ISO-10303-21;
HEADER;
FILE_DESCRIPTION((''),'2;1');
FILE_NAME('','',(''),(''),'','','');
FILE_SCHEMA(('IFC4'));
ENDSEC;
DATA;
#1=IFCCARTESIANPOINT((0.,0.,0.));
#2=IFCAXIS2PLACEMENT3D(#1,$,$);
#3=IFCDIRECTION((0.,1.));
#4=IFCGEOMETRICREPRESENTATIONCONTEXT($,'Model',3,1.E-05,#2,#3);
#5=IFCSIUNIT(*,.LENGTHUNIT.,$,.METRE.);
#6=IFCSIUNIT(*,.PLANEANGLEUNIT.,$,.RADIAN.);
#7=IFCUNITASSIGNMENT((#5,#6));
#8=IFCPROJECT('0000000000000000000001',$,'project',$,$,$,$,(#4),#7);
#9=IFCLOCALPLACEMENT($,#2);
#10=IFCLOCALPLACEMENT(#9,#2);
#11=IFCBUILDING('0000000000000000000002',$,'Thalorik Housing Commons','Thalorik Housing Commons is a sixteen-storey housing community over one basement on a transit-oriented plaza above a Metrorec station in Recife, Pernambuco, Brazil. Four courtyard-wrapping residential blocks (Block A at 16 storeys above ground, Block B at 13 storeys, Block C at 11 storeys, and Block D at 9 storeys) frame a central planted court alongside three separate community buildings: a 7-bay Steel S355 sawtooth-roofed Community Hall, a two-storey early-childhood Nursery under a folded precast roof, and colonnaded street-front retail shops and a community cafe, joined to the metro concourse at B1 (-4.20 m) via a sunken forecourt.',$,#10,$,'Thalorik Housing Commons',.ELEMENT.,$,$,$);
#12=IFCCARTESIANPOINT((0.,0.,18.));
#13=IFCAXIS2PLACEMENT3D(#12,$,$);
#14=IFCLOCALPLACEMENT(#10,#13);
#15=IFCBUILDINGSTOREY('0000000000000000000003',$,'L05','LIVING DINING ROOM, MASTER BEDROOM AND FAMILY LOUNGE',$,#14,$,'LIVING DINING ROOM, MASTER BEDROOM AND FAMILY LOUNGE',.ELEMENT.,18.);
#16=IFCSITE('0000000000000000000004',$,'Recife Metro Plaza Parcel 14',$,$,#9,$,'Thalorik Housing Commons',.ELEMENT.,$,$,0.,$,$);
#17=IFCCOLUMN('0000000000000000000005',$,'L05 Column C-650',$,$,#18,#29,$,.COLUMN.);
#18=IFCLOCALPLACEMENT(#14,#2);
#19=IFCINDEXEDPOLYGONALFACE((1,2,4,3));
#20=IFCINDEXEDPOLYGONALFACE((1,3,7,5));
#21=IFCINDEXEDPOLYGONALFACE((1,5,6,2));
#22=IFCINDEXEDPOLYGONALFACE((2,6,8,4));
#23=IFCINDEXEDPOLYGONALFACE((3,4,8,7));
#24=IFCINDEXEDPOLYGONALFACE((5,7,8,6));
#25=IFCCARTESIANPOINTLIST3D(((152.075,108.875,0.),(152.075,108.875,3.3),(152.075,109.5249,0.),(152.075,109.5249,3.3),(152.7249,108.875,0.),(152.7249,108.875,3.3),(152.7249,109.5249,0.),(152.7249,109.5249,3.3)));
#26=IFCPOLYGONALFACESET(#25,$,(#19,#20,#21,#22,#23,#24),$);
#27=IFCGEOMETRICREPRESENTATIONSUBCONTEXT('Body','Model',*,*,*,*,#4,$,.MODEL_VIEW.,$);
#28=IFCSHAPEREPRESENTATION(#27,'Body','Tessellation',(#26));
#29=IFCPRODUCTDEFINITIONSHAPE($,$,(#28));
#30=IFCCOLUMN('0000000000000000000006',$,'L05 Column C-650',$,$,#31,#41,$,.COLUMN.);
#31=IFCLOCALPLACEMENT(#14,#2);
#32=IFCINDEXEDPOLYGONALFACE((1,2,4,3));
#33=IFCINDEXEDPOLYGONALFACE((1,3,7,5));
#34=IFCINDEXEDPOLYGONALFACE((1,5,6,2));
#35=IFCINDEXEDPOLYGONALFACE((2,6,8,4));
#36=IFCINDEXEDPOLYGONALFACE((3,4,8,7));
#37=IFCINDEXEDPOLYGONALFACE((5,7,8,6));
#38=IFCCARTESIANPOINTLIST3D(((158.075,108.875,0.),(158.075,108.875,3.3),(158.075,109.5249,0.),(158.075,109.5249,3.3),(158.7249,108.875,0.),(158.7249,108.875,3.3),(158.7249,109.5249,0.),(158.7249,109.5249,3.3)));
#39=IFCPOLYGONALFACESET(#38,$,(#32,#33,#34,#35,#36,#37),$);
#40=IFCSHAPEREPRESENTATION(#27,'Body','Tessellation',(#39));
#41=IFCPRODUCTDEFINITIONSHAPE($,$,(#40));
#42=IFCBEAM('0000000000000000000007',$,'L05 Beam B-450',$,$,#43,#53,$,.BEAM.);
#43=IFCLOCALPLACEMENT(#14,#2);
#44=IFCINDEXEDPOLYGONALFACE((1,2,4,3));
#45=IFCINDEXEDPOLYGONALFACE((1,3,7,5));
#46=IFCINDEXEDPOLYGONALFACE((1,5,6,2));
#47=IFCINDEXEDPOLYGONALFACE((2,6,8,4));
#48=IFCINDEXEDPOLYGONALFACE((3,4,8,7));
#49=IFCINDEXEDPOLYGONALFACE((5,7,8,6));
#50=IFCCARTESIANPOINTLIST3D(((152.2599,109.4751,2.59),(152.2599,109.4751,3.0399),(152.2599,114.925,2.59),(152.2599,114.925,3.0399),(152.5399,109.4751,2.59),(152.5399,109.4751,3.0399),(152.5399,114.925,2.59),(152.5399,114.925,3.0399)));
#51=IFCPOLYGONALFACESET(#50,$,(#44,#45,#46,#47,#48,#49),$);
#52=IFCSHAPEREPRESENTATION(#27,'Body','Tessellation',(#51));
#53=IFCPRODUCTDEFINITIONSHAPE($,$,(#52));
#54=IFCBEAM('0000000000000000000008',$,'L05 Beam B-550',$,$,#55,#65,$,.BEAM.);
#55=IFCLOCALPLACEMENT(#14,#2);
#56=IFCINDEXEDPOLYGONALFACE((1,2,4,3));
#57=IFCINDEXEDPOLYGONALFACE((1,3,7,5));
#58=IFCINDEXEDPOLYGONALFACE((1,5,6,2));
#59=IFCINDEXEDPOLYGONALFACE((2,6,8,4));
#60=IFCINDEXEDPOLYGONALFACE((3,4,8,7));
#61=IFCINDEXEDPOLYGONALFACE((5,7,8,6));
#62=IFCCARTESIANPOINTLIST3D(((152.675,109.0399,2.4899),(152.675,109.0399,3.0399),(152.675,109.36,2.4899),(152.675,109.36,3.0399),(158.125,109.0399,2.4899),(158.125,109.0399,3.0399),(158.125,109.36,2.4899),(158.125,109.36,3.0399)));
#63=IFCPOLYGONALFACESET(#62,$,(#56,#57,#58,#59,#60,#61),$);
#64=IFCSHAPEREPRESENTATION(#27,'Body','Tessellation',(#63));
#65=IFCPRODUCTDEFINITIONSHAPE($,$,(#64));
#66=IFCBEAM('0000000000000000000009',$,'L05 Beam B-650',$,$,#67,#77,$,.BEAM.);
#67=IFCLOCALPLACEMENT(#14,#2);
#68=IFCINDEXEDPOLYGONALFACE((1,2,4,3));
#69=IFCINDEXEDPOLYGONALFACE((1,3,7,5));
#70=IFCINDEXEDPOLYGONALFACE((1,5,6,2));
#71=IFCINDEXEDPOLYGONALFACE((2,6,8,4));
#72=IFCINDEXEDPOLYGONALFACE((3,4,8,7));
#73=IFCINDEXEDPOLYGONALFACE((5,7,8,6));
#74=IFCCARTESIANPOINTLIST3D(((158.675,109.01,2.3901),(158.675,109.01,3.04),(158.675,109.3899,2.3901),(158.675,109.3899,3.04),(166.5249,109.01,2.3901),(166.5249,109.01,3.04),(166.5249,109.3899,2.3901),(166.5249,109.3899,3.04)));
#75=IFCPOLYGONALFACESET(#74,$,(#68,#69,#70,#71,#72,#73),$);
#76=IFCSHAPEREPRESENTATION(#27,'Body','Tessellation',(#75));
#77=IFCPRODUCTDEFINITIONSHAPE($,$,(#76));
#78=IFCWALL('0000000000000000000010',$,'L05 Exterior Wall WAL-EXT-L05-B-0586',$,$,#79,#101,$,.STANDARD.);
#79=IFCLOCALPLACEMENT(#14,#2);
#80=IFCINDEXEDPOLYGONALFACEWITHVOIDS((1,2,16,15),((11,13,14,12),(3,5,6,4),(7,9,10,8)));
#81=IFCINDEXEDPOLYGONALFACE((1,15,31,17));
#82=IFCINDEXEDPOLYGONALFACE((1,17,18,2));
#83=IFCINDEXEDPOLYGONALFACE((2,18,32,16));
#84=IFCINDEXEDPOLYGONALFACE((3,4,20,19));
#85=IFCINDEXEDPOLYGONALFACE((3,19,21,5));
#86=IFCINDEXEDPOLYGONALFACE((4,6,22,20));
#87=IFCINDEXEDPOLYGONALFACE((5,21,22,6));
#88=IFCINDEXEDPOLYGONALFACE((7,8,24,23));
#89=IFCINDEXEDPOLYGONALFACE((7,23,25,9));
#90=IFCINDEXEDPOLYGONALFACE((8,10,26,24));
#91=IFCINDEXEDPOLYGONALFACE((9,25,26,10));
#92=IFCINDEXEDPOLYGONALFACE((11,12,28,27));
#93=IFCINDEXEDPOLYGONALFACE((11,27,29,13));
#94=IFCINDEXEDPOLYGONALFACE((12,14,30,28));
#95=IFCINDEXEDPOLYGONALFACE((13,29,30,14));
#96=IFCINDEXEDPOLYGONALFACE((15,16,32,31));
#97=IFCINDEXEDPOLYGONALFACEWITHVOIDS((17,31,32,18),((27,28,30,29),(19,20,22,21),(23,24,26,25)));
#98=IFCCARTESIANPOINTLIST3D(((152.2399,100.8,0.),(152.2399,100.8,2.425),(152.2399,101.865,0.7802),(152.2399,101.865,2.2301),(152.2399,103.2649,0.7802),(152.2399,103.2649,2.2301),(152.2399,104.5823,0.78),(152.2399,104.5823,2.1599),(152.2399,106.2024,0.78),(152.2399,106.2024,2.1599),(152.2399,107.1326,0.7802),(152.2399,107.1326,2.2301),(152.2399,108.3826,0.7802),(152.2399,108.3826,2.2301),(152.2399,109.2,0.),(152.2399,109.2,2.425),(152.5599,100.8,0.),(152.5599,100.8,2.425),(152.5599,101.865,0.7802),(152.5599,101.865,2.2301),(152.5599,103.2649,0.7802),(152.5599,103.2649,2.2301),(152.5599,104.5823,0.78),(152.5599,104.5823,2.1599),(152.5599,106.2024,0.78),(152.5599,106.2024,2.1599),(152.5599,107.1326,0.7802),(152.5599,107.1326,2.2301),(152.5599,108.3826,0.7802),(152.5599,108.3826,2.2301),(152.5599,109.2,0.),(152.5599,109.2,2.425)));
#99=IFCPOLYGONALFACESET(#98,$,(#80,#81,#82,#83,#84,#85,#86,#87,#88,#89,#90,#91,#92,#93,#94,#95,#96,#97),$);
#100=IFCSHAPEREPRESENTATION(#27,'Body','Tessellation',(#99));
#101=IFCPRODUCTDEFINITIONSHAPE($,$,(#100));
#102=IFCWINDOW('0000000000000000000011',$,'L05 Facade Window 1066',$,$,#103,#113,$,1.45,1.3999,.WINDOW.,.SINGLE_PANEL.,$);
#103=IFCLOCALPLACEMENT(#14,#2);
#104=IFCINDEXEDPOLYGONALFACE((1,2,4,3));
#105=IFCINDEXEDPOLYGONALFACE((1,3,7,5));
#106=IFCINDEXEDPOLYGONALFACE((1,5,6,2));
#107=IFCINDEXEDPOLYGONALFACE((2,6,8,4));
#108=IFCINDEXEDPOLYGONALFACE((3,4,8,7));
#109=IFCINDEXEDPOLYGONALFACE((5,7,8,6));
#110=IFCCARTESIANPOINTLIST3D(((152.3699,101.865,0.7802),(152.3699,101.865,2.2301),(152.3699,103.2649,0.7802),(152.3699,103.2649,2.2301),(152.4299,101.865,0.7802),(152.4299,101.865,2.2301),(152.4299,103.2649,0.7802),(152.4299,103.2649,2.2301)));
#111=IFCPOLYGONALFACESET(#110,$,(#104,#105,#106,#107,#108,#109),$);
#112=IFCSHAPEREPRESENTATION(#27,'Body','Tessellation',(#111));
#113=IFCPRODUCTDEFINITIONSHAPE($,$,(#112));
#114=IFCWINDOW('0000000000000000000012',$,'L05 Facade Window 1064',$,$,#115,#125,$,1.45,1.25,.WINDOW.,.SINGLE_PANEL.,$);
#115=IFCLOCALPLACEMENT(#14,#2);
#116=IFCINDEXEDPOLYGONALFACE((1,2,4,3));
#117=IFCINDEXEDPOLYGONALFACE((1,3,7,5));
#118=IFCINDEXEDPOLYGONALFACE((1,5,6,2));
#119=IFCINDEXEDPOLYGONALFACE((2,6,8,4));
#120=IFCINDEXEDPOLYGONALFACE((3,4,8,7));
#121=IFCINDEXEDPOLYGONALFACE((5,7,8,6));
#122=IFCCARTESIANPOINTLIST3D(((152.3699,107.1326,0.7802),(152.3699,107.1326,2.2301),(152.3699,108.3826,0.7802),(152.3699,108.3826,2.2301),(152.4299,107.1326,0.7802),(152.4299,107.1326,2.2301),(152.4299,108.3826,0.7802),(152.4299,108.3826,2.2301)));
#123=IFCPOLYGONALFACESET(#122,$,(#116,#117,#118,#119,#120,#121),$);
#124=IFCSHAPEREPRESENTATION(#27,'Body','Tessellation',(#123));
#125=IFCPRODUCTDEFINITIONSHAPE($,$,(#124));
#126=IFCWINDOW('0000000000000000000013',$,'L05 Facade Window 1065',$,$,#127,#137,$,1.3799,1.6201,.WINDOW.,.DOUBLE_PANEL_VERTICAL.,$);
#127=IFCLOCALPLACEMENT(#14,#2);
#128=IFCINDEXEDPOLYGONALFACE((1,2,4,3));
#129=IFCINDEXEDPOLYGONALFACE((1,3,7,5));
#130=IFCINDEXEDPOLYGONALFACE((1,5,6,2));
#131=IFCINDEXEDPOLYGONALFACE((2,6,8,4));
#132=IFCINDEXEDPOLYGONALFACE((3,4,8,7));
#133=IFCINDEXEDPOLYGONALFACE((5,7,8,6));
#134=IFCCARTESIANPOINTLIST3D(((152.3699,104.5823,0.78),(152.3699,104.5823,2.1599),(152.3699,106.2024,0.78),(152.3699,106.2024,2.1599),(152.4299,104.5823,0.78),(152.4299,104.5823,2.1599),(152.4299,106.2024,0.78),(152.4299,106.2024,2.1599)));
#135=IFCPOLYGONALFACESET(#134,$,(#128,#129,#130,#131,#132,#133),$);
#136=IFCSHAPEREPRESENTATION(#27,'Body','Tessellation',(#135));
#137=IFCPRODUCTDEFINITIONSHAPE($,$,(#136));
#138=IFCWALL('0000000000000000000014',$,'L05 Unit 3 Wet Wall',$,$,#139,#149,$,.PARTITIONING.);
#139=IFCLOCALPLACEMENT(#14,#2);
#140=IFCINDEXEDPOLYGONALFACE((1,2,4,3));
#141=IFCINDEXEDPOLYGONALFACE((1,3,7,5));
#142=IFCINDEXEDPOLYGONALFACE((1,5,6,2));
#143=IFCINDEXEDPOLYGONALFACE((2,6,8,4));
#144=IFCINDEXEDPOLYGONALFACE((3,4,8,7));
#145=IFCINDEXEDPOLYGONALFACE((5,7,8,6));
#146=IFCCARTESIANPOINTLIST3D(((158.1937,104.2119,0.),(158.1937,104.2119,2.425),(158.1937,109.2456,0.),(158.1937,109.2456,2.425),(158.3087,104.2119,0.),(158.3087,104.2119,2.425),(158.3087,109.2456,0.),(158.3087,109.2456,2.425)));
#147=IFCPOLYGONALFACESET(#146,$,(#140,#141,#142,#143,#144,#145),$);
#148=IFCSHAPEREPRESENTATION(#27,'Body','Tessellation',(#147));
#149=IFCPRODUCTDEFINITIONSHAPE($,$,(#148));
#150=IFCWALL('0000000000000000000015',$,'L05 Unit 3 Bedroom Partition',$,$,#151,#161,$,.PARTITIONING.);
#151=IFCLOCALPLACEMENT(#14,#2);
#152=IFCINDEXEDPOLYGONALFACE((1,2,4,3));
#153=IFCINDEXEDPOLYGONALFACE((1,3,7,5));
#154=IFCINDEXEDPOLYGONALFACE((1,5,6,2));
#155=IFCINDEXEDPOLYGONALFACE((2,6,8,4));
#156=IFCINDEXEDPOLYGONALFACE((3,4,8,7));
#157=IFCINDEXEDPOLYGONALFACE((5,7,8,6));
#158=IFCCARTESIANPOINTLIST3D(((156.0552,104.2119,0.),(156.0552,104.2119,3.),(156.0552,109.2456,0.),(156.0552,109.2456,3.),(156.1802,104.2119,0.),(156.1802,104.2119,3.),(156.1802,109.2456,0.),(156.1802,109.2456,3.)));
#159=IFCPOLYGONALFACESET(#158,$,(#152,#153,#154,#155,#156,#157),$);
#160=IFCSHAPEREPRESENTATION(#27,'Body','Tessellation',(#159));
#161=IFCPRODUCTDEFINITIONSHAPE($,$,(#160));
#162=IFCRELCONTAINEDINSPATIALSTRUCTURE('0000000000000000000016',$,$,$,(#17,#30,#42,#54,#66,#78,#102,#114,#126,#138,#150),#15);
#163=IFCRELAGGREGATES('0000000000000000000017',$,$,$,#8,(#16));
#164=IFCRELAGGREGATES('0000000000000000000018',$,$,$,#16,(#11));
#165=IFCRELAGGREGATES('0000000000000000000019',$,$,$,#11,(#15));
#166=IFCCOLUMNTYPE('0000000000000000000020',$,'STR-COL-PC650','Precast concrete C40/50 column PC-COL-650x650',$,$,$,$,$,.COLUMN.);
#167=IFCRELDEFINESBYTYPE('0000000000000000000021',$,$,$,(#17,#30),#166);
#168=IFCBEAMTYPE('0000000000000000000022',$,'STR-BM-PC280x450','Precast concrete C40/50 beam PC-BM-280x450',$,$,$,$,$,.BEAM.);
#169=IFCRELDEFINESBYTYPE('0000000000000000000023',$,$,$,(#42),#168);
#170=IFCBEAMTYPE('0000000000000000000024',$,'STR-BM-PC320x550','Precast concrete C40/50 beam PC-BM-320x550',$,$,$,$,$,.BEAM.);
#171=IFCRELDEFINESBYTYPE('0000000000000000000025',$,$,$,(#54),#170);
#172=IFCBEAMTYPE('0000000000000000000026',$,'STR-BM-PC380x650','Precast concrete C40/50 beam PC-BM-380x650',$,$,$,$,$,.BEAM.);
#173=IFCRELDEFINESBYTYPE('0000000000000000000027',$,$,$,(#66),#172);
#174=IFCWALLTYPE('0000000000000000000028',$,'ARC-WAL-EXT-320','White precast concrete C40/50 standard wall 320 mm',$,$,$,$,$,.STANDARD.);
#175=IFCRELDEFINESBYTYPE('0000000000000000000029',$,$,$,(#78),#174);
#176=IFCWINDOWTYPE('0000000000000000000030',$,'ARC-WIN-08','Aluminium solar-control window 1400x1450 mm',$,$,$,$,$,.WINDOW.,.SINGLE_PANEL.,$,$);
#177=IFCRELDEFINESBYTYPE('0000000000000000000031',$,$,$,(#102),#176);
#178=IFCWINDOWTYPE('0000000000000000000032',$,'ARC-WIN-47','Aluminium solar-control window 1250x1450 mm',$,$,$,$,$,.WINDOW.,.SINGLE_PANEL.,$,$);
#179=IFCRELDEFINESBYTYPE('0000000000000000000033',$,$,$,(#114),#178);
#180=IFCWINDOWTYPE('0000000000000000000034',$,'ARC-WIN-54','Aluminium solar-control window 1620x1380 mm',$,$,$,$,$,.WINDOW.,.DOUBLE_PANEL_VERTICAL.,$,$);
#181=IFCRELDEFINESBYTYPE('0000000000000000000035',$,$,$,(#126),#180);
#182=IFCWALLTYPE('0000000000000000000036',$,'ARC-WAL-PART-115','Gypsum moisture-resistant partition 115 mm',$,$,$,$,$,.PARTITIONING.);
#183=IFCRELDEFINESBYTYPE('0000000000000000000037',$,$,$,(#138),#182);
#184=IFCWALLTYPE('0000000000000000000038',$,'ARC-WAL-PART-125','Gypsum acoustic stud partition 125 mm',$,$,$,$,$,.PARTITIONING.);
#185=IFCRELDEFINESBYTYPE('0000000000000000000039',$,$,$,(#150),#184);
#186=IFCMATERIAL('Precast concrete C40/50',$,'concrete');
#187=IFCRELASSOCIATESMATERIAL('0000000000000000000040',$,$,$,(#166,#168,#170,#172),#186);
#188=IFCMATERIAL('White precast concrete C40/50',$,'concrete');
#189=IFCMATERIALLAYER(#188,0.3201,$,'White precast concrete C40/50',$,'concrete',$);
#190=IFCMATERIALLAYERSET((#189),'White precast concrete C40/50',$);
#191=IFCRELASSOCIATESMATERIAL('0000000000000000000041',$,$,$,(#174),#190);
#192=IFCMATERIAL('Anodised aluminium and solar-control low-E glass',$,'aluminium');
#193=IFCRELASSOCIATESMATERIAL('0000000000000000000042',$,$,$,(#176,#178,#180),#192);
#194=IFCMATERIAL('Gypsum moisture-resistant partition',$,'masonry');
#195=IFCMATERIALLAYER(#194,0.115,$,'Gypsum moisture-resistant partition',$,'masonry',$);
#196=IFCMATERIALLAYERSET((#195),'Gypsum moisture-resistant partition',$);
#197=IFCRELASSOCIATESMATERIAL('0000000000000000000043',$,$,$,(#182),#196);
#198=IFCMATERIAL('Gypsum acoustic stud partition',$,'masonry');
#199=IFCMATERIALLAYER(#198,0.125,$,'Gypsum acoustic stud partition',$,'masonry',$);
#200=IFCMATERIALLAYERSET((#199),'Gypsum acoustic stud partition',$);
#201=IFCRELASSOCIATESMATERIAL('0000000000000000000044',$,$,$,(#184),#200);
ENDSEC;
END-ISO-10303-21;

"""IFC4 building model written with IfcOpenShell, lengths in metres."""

from ifc_helpers import new_model, si_unit, direction, frame, frame_2d, origin, origin_2d, place, context, subcontext, project, spatial, rectangle, extrude, material, layer, layer_set, material_profile, profile_set, type_object, element, fill, save


model = new_model("IFC4")

# Units and contexts
model_context = context("Model", 3, precision=1e-05, world=origin(), true_north=direction((0.0, 1.0)))
body_context = subcontext(model_context, "Body", "Model", "MODEL_VIEW")
ifc_project = project(units=[si_unit("LENGTHUNIT", "METRE"), si_unit("PLANEANGLEUNIT", "RADIAN")], contexts=[model_context])

# Site, building, storey
site_placement = place(None, origin())
site = spatial("IfcSite", under=ifc_project, at=site_placement, Name="Recife Metro Plaza Parcel 14", LongName="Thalorik Housing Commons", CompositionType="ELEMENT", RefElevation=0.0)
building_placement = place(site_placement, origin())
building = spatial("IfcBuilding", under=site, at=building_placement, Name="Thalorik Housing Commons", Description="Thalorik Housing Commons is a sixteen-storey housing community over one basement on a transit-oriented plaza above a Metrorec station in Recife, Pernambuco, Brazil. Four courtyard-wrapping residential blocks (Block A at 16 storeys above ground, Block B at 13 storeys, Block C at 11 storeys, and Block D at 9 storeys) frame a central planted court alongside three separate community buildings: a 7-bay Steel S355 sawtooth-roofed Community Hall, a two-storey early-childhood Nursery under a folded precast roof, and colonnaded street-front retail shops and a community cafe, joined to the metro concourse at B1 (-4.20 m) via a sunken forecourt.", LongName="Thalorik Housing Commons", CompositionType="ELEMENT")
storey_placement = place(building_placement, frame((0.0, 0.0, 18.0)))
storey = spatial("IfcBuildingStorey", under=building, at=storey_placement, Name="L05", Description="LIVING DINING ROOM, MASTER BEDROOM AND FAMILY LOUNGE", LongName="LIVING DINING ROOM, MASTER BEDROOM AND FAMILY LOUNGE", CompositionType="ELEMENT", Elevation=18.0)

# Columns
ifc_material_1 = material(Name="Precast concrete C40/50", Category="concrete")
ifc_material_profile_1 = material_profile(ifc_material_1, rectangle(XDim=0.6499, YDim=0.6499, at=origin_2d()), Name="PC 650x650", Category="concrete")
ifc_profile_set_1 = profile_set([ifc_material_profile_1], Name="Precast concrete C40/50")
column_type = type_object("IfcColumnType", Name="STR-COL-PC650", Description="Precast concrete C40/50 column PC-COL-650x650", PredefinedType="COLUMN", material=ifc_profile_set_1)
for number, where, z_axis, x_axis, name in (
    (1, (152.3999, 109.2, 0.0), (0.0, 0.0, 1.0), (1.0, 0.0, 0.0), "L05 Column C-650"),
    (2, (158.3999, 109.2, 0.0), (0.0, 0.0, 1.0), (1.0, 0.0, 0.0), "L05 Column C-650"),
):
    element("IfcColumn", number, at=place(storey_placement, frame(where, z_axis=z_axis, x_axis=x_axis)), inside=storey, type_object=column_type, Name=name, PredefinedType="COLUMN", context=body_context, shape_type="SweptSolid", body=[
        extrude(rectangle(XDim=0.6499, YDim=0.6499, at=origin_2d()), origin(), (0.0, 0.0, 1.0), 3.3),
    ])

# Beams
ifc_material_profile_2 = material_profile(ifc_material_1, rectangle(XDim=0.28, YDim=0.45, at=origin_2d()), Name="PC 280x450", Category="concrete")
ifc_profile_set_2 = profile_set([ifc_material_profile_2], Name="Precast concrete C40/50")
beam_type_1 = type_object("IfcBeamType", Name="STR-BM-PC280x450", Description="Precast concrete C40/50 beam PC-BM-280x450", PredefinedType="BEAM", material=ifc_profile_set_2)
beam_1_placement = place(storey_placement, frame((152.3999, 109.4751, 2.8149), z_axis=(0.0, 1.0, 0.0), x_axis=(-1.0, 0.0, 0.0)))
element("IfcBeam", 3, at=beam_1_placement, inside=storey, type_object=beam_type_1, Name="L05 Beam B-450", PredefinedType="BEAM", context=body_context, shape_type="SweptSolid", body=[
    extrude(rectangle(XDim=0.28, YDim=0.45, at=origin_2d()), origin(), (0.0, 0.0, 1.0), 5.45),
])
ifc_material_profile_3 = material_profile(ifc_material_1, rectangle(XDim=0.3201, YDim=0.55, at=origin_2d()), Name="PC 320x550", Category="concrete")
ifc_profile_set_3 = profile_set([ifc_material_profile_3], Name="Precast concrete C40/50")
beam_type_2 = type_object("IfcBeamType", Name="STR-BM-PC320x550", Description="Precast concrete C40/50 beam PC-BM-320x550", PredefinedType="BEAM", material=ifc_profile_set_3)
beam_2_placement = place(storey_placement, frame((152.675, 109.2, 2.7649), z_axis=(1.0, 0.0, 0.0), x_axis=(0.0, 1.0, 0.0)))
element("IfcBeam", 4, at=beam_2_placement, inside=storey, type_object=beam_type_2, Name="L05 Beam B-550", PredefinedType="BEAM", context=body_context, shape_type="SweptSolid", body=[
    extrude(rectangle(XDim=0.3201, YDim=0.55, at=origin_2d()), origin(), (0.0, 0.0, 1.0), 5.45),
])
ifc_material_profile_4 = material_profile(ifc_material_1, rectangle(XDim=0.3799, YDim=0.6499, at=origin_2d()), Name="PC 380x650", Category="concrete")
ifc_profile_set_4 = profile_set([ifc_material_profile_4], Name="Precast concrete C40/50")
beam_type_3 = type_object("IfcBeamType", Name="STR-BM-PC380x650", Description="Precast concrete C40/50 beam PC-BM-380x650", PredefinedType="BEAM", material=ifc_profile_set_4)
beam_3_placement = place(storey_placement, frame((158.675, 109.2, 2.7151), z_axis=(1.0, 0.0, 0.0), x_axis=(0.0, 1.0, 0.0)))
element("IfcBeam", 5, at=beam_3_placement, inside=storey, type_object=beam_type_3, Name="L05 Beam B-650", PredefinedType="BEAM", context=body_context, shape_type="SweptSolid", body=[
    extrude(rectangle(XDim=0.3799, YDim=0.6499, at=origin_2d()), origin(), (0.0, 0.0, 1.0), 7.8499),
])

# Wall, openings, windows
ifc_material_2 = material(Name="White precast concrete C40/50", Category="concrete")
ifc_layer_1 = layer(ifc_material_2, 0.3201, Name="White precast concrete C40/50", Category="concrete")
ifc_layer_set_1 = layer_set([ifc_layer_1], Name="White precast concrete C40/50")
wall_type_1 = type_object("IfcWallType", Name="ARC-WAL-EXT-320", Description="White precast concrete C40/50 standard wall 320 mm", PredefinedType="STANDARD", material=ifc_layer_set_1)
wall_1_placement = place(storey_placement, frame((152.3999, 109.2, 0.0), z_axis=(0.0, 0.0, 1.0), x_axis=(0.0, -1.0, 0.0)))
wall_1 = element("IfcWall", 6, at=wall_1_placement, inside=storey, type_object=wall_type_1, Name="L05 Exterior Wall WAL-EXT-L05-B-0586", PredefinedType="STANDARD", context=body_context, shape_type="SweptSolid", body=[
    extrude(rectangle(XDim=8.3999, YDim=0.3201, at=frame_2d((4.2, 0.0))), origin(), (0.0, 0.0, 1.0), 2.425),
])
opening_1_placement = place(wall_1_placement, frame((0.8174, 0.0, 0.78)))
opening_1 = element("IfcOpeningElement", 7, at=opening_1_placement, cuts=wall_1, PredefinedType="OPENING", context=body_context, shape_type="SweptSolid", body=[
    extrude(rectangle(XDim=1.25, YDim=1.45, at=frame_2d((0.625, 0.7251))), frame((0.0, 0.1699, 0.0), z_axis=(0.0, -1.0, 0.0), x_axis=(1.0, 0.0, 0.0)), (0.0, 0.0, 1.0), 0.3401),
])
opening_2_placement = place(wall_1_placement, frame((2.9976, 0.0, 0.78)))
opening_2 = element("IfcOpeningElement", 8, at=opening_2_placement, cuts=wall_1, PredefinedType="OPENING", context=body_context, shape_type="SweptSolid", body=[
    extrude(rectangle(XDim=1.6201, YDim=1.3799, at=frame_2d((0.8101, 0.6899))), frame((0.0, 0.1699, 0.0), z_axis=(0.0, -1.0, 0.0), x_axis=(1.0, 0.0, 0.0)), (0.0, 0.0, 1.0), 0.3401),
])
opening_3_placement = place(wall_1_placement, frame((5.9351, 0.0, 0.78)))
opening_3 = element("IfcOpeningElement", 9, at=opening_3_placement, cuts=wall_1, PredefinedType="OPENING", context=body_context, shape_type="SweptSolid", body=[
    extrude(rectangle(XDim=1.3999, YDim=1.45, at=frame_2d((0.7, 0.7251))), frame((0.0, 0.1699, 0.0), z_axis=(0.0, -1.0, 0.0), x_axis=(1.0, 0.0, 0.0)), (0.0, 0.0, 1.0), 0.3401),
])
ifc_material_3 = material(Name="Anodised aluminium and solar-control low-E glass", Category="aluminium")
window_type_1 = type_object("IfcWindowType", Name="ARC-WIN-08", Description="Aluminium solar-control window 1400x1450 mm", PartitioningType="SINGLE_PANEL", PredefinedType="WINDOW", material=ifc_material_3)
window_1_placement = place(opening_3_placement, origin())
window_1 = element("IfcWindow", 10, at=window_1_placement, inside=storey, type_object=window_type_1, Name="L05 Facade Window 1066", OverallHeight=1.45, OverallWidth=1.3999, PartitioningType="SINGLE_PANEL", PredefinedType="WINDOW", context=body_context, shape_type="SweptSolid", body=[
    extrude(rectangle(XDim=1.3999, YDim=1.45, at=frame_2d((0.7, 0.7251))), frame((0.0, 0.03, 0.0), z_axis=(0.0, -1.0, 0.0), x_axis=(1.0, 0.0, 0.0)), (0.0, 0.0, 1.0), 0.0601),
])
fill(opening_3, window_1)
window_type_2 = type_object("IfcWindowType", Name="ARC-WIN-47", Description="Aluminium solar-control window 1250x1450 mm", PartitioningType="SINGLE_PANEL", PredefinedType="WINDOW", material=ifc_material_3)
window_2_placement = place(opening_1_placement, origin())
window_2 = element("IfcWindow", 11, at=window_2_placement, inside=storey, type_object=window_type_2, Name="L05 Facade Window 1064", OverallHeight=1.45, OverallWidth=1.25, PartitioningType="SINGLE_PANEL", PredefinedType="WINDOW", context=body_context, shape_type="SweptSolid", body=[
    extrude(rectangle(XDim=1.25, YDim=1.45, at=frame_2d((0.625, 0.7251))), frame((0.0, 0.03, 0.0), z_axis=(0.0, -1.0, 0.0), x_axis=(1.0, 0.0, 0.0)), (0.0, 0.0, 1.0), 0.0601),
])
fill(opening_1, window_2)
window_type_3 = type_object("IfcWindowType", Name="ARC-WIN-54", Description="Aluminium solar-control window 1620x1380 mm", PartitioningType="DOUBLE_PANEL_VERTICAL", PredefinedType="WINDOW", material=ifc_material_3)
window_3_placement = place(opening_2_placement, origin())
window_3 = element("IfcWindow", 12, at=window_3_placement, inside=storey, type_object=window_type_3, Name="L05 Facade Window 1065", OverallHeight=1.3799, OverallWidth=1.6201, PartitioningType="DOUBLE_PANEL_VERTICAL", PredefinedType="WINDOW", context=body_context, shape_type="SweptSolid", body=[
    extrude(rectangle(XDim=1.6201, YDim=1.3799, at=frame_2d((0.8101, 0.6899))), frame((0.0, 0.03, 0.0), z_axis=(0.0, -1.0, 0.0), x_axis=(1.0, 0.0, 0.0)), (0.0, 0.0, 1.0), 0.0601),
])
fill(opening_2, window_3)

# Walls
ifc_material_4 = material(Name="Gypsum moisture-resistant partition", Category="masonry")
ifc_layer_2 = layer(ifc_material_4, 0.115, Name="Gypsum moisture-resistant partition", Category="masonry")
ifc_layer_set_2 = layer_set([ifc_layer_2], Name="Gypsum moisture-resistant partition")
wall_type_2 = type_object("IfcWallType", Name="ARC-WAL-PART-115", Description="Gypsum moisture-resistant partition 115 mm", PredefinedType="PARTITIONING", material=ifc_layer_set_2)
wall_2_placement = place(storey_placement, frame((158.2512, 104.2119, 0.0), z_axis=(0.0, 0.0, 1.0), x_axis=(0.0, 1.0, 0.0)))
element("IfcWall", 13, at=wall_2_placement, inside=storey, type_object=wall_type_2, Name="L05 Unit 3 Wet Wall", PredefinedType="PARTITIONING", context=body_context, shape_type="SweptSolid", body=[
    extrude(rectangle(XDim=5.0337, YDim=0.115, at=frame_2d((2.5168, 0.0))), origin(), (0.0, 0.0, 1.0), 2.425),
])
ifc_material_5 = material(Name="Gypsum acoustic stud partition", Category="masonry")
ifc_layer_3 = layer(ifc_material_5, 0.125, Name="Gypsum acoustic stud partition", Category="masonry")
ifc_layer_set_3 = layer_set([ifc_layer_3], Name="Gypsum acoustic stud partition")
wall_type_3 = type_object("IfcWallType", Name="ARC-WAL-PART-125", Description="Gypsum acoustic stud partition 125 mm", PredefinedType="PARTITIONING", material=ifc_layer_set_3)
wall_3_placement = place(storey_placement, frame((156.1177, 104.2119, 0.0), z_axis=(0.0, 0.0, 1.0), x_axis=(0.0, 1.0, 0.0)))
element("IfcWall", 14, at=wall_3_placement, inside=storey, type_object=wall_type_3, Name="L05 Unit 3 Bedroom Partition", PredefinedType="PARTITIONING", context=body_context, shape_type="SweptSolid", body=[
    extrude(rectangle(XDim=5.0337, YDim=0.125, at=frame_2d((2.5168, 0.0))), origin(), (0.0, 0.0, 1.0), 3.0),
])

save(model, "model.ifc")
